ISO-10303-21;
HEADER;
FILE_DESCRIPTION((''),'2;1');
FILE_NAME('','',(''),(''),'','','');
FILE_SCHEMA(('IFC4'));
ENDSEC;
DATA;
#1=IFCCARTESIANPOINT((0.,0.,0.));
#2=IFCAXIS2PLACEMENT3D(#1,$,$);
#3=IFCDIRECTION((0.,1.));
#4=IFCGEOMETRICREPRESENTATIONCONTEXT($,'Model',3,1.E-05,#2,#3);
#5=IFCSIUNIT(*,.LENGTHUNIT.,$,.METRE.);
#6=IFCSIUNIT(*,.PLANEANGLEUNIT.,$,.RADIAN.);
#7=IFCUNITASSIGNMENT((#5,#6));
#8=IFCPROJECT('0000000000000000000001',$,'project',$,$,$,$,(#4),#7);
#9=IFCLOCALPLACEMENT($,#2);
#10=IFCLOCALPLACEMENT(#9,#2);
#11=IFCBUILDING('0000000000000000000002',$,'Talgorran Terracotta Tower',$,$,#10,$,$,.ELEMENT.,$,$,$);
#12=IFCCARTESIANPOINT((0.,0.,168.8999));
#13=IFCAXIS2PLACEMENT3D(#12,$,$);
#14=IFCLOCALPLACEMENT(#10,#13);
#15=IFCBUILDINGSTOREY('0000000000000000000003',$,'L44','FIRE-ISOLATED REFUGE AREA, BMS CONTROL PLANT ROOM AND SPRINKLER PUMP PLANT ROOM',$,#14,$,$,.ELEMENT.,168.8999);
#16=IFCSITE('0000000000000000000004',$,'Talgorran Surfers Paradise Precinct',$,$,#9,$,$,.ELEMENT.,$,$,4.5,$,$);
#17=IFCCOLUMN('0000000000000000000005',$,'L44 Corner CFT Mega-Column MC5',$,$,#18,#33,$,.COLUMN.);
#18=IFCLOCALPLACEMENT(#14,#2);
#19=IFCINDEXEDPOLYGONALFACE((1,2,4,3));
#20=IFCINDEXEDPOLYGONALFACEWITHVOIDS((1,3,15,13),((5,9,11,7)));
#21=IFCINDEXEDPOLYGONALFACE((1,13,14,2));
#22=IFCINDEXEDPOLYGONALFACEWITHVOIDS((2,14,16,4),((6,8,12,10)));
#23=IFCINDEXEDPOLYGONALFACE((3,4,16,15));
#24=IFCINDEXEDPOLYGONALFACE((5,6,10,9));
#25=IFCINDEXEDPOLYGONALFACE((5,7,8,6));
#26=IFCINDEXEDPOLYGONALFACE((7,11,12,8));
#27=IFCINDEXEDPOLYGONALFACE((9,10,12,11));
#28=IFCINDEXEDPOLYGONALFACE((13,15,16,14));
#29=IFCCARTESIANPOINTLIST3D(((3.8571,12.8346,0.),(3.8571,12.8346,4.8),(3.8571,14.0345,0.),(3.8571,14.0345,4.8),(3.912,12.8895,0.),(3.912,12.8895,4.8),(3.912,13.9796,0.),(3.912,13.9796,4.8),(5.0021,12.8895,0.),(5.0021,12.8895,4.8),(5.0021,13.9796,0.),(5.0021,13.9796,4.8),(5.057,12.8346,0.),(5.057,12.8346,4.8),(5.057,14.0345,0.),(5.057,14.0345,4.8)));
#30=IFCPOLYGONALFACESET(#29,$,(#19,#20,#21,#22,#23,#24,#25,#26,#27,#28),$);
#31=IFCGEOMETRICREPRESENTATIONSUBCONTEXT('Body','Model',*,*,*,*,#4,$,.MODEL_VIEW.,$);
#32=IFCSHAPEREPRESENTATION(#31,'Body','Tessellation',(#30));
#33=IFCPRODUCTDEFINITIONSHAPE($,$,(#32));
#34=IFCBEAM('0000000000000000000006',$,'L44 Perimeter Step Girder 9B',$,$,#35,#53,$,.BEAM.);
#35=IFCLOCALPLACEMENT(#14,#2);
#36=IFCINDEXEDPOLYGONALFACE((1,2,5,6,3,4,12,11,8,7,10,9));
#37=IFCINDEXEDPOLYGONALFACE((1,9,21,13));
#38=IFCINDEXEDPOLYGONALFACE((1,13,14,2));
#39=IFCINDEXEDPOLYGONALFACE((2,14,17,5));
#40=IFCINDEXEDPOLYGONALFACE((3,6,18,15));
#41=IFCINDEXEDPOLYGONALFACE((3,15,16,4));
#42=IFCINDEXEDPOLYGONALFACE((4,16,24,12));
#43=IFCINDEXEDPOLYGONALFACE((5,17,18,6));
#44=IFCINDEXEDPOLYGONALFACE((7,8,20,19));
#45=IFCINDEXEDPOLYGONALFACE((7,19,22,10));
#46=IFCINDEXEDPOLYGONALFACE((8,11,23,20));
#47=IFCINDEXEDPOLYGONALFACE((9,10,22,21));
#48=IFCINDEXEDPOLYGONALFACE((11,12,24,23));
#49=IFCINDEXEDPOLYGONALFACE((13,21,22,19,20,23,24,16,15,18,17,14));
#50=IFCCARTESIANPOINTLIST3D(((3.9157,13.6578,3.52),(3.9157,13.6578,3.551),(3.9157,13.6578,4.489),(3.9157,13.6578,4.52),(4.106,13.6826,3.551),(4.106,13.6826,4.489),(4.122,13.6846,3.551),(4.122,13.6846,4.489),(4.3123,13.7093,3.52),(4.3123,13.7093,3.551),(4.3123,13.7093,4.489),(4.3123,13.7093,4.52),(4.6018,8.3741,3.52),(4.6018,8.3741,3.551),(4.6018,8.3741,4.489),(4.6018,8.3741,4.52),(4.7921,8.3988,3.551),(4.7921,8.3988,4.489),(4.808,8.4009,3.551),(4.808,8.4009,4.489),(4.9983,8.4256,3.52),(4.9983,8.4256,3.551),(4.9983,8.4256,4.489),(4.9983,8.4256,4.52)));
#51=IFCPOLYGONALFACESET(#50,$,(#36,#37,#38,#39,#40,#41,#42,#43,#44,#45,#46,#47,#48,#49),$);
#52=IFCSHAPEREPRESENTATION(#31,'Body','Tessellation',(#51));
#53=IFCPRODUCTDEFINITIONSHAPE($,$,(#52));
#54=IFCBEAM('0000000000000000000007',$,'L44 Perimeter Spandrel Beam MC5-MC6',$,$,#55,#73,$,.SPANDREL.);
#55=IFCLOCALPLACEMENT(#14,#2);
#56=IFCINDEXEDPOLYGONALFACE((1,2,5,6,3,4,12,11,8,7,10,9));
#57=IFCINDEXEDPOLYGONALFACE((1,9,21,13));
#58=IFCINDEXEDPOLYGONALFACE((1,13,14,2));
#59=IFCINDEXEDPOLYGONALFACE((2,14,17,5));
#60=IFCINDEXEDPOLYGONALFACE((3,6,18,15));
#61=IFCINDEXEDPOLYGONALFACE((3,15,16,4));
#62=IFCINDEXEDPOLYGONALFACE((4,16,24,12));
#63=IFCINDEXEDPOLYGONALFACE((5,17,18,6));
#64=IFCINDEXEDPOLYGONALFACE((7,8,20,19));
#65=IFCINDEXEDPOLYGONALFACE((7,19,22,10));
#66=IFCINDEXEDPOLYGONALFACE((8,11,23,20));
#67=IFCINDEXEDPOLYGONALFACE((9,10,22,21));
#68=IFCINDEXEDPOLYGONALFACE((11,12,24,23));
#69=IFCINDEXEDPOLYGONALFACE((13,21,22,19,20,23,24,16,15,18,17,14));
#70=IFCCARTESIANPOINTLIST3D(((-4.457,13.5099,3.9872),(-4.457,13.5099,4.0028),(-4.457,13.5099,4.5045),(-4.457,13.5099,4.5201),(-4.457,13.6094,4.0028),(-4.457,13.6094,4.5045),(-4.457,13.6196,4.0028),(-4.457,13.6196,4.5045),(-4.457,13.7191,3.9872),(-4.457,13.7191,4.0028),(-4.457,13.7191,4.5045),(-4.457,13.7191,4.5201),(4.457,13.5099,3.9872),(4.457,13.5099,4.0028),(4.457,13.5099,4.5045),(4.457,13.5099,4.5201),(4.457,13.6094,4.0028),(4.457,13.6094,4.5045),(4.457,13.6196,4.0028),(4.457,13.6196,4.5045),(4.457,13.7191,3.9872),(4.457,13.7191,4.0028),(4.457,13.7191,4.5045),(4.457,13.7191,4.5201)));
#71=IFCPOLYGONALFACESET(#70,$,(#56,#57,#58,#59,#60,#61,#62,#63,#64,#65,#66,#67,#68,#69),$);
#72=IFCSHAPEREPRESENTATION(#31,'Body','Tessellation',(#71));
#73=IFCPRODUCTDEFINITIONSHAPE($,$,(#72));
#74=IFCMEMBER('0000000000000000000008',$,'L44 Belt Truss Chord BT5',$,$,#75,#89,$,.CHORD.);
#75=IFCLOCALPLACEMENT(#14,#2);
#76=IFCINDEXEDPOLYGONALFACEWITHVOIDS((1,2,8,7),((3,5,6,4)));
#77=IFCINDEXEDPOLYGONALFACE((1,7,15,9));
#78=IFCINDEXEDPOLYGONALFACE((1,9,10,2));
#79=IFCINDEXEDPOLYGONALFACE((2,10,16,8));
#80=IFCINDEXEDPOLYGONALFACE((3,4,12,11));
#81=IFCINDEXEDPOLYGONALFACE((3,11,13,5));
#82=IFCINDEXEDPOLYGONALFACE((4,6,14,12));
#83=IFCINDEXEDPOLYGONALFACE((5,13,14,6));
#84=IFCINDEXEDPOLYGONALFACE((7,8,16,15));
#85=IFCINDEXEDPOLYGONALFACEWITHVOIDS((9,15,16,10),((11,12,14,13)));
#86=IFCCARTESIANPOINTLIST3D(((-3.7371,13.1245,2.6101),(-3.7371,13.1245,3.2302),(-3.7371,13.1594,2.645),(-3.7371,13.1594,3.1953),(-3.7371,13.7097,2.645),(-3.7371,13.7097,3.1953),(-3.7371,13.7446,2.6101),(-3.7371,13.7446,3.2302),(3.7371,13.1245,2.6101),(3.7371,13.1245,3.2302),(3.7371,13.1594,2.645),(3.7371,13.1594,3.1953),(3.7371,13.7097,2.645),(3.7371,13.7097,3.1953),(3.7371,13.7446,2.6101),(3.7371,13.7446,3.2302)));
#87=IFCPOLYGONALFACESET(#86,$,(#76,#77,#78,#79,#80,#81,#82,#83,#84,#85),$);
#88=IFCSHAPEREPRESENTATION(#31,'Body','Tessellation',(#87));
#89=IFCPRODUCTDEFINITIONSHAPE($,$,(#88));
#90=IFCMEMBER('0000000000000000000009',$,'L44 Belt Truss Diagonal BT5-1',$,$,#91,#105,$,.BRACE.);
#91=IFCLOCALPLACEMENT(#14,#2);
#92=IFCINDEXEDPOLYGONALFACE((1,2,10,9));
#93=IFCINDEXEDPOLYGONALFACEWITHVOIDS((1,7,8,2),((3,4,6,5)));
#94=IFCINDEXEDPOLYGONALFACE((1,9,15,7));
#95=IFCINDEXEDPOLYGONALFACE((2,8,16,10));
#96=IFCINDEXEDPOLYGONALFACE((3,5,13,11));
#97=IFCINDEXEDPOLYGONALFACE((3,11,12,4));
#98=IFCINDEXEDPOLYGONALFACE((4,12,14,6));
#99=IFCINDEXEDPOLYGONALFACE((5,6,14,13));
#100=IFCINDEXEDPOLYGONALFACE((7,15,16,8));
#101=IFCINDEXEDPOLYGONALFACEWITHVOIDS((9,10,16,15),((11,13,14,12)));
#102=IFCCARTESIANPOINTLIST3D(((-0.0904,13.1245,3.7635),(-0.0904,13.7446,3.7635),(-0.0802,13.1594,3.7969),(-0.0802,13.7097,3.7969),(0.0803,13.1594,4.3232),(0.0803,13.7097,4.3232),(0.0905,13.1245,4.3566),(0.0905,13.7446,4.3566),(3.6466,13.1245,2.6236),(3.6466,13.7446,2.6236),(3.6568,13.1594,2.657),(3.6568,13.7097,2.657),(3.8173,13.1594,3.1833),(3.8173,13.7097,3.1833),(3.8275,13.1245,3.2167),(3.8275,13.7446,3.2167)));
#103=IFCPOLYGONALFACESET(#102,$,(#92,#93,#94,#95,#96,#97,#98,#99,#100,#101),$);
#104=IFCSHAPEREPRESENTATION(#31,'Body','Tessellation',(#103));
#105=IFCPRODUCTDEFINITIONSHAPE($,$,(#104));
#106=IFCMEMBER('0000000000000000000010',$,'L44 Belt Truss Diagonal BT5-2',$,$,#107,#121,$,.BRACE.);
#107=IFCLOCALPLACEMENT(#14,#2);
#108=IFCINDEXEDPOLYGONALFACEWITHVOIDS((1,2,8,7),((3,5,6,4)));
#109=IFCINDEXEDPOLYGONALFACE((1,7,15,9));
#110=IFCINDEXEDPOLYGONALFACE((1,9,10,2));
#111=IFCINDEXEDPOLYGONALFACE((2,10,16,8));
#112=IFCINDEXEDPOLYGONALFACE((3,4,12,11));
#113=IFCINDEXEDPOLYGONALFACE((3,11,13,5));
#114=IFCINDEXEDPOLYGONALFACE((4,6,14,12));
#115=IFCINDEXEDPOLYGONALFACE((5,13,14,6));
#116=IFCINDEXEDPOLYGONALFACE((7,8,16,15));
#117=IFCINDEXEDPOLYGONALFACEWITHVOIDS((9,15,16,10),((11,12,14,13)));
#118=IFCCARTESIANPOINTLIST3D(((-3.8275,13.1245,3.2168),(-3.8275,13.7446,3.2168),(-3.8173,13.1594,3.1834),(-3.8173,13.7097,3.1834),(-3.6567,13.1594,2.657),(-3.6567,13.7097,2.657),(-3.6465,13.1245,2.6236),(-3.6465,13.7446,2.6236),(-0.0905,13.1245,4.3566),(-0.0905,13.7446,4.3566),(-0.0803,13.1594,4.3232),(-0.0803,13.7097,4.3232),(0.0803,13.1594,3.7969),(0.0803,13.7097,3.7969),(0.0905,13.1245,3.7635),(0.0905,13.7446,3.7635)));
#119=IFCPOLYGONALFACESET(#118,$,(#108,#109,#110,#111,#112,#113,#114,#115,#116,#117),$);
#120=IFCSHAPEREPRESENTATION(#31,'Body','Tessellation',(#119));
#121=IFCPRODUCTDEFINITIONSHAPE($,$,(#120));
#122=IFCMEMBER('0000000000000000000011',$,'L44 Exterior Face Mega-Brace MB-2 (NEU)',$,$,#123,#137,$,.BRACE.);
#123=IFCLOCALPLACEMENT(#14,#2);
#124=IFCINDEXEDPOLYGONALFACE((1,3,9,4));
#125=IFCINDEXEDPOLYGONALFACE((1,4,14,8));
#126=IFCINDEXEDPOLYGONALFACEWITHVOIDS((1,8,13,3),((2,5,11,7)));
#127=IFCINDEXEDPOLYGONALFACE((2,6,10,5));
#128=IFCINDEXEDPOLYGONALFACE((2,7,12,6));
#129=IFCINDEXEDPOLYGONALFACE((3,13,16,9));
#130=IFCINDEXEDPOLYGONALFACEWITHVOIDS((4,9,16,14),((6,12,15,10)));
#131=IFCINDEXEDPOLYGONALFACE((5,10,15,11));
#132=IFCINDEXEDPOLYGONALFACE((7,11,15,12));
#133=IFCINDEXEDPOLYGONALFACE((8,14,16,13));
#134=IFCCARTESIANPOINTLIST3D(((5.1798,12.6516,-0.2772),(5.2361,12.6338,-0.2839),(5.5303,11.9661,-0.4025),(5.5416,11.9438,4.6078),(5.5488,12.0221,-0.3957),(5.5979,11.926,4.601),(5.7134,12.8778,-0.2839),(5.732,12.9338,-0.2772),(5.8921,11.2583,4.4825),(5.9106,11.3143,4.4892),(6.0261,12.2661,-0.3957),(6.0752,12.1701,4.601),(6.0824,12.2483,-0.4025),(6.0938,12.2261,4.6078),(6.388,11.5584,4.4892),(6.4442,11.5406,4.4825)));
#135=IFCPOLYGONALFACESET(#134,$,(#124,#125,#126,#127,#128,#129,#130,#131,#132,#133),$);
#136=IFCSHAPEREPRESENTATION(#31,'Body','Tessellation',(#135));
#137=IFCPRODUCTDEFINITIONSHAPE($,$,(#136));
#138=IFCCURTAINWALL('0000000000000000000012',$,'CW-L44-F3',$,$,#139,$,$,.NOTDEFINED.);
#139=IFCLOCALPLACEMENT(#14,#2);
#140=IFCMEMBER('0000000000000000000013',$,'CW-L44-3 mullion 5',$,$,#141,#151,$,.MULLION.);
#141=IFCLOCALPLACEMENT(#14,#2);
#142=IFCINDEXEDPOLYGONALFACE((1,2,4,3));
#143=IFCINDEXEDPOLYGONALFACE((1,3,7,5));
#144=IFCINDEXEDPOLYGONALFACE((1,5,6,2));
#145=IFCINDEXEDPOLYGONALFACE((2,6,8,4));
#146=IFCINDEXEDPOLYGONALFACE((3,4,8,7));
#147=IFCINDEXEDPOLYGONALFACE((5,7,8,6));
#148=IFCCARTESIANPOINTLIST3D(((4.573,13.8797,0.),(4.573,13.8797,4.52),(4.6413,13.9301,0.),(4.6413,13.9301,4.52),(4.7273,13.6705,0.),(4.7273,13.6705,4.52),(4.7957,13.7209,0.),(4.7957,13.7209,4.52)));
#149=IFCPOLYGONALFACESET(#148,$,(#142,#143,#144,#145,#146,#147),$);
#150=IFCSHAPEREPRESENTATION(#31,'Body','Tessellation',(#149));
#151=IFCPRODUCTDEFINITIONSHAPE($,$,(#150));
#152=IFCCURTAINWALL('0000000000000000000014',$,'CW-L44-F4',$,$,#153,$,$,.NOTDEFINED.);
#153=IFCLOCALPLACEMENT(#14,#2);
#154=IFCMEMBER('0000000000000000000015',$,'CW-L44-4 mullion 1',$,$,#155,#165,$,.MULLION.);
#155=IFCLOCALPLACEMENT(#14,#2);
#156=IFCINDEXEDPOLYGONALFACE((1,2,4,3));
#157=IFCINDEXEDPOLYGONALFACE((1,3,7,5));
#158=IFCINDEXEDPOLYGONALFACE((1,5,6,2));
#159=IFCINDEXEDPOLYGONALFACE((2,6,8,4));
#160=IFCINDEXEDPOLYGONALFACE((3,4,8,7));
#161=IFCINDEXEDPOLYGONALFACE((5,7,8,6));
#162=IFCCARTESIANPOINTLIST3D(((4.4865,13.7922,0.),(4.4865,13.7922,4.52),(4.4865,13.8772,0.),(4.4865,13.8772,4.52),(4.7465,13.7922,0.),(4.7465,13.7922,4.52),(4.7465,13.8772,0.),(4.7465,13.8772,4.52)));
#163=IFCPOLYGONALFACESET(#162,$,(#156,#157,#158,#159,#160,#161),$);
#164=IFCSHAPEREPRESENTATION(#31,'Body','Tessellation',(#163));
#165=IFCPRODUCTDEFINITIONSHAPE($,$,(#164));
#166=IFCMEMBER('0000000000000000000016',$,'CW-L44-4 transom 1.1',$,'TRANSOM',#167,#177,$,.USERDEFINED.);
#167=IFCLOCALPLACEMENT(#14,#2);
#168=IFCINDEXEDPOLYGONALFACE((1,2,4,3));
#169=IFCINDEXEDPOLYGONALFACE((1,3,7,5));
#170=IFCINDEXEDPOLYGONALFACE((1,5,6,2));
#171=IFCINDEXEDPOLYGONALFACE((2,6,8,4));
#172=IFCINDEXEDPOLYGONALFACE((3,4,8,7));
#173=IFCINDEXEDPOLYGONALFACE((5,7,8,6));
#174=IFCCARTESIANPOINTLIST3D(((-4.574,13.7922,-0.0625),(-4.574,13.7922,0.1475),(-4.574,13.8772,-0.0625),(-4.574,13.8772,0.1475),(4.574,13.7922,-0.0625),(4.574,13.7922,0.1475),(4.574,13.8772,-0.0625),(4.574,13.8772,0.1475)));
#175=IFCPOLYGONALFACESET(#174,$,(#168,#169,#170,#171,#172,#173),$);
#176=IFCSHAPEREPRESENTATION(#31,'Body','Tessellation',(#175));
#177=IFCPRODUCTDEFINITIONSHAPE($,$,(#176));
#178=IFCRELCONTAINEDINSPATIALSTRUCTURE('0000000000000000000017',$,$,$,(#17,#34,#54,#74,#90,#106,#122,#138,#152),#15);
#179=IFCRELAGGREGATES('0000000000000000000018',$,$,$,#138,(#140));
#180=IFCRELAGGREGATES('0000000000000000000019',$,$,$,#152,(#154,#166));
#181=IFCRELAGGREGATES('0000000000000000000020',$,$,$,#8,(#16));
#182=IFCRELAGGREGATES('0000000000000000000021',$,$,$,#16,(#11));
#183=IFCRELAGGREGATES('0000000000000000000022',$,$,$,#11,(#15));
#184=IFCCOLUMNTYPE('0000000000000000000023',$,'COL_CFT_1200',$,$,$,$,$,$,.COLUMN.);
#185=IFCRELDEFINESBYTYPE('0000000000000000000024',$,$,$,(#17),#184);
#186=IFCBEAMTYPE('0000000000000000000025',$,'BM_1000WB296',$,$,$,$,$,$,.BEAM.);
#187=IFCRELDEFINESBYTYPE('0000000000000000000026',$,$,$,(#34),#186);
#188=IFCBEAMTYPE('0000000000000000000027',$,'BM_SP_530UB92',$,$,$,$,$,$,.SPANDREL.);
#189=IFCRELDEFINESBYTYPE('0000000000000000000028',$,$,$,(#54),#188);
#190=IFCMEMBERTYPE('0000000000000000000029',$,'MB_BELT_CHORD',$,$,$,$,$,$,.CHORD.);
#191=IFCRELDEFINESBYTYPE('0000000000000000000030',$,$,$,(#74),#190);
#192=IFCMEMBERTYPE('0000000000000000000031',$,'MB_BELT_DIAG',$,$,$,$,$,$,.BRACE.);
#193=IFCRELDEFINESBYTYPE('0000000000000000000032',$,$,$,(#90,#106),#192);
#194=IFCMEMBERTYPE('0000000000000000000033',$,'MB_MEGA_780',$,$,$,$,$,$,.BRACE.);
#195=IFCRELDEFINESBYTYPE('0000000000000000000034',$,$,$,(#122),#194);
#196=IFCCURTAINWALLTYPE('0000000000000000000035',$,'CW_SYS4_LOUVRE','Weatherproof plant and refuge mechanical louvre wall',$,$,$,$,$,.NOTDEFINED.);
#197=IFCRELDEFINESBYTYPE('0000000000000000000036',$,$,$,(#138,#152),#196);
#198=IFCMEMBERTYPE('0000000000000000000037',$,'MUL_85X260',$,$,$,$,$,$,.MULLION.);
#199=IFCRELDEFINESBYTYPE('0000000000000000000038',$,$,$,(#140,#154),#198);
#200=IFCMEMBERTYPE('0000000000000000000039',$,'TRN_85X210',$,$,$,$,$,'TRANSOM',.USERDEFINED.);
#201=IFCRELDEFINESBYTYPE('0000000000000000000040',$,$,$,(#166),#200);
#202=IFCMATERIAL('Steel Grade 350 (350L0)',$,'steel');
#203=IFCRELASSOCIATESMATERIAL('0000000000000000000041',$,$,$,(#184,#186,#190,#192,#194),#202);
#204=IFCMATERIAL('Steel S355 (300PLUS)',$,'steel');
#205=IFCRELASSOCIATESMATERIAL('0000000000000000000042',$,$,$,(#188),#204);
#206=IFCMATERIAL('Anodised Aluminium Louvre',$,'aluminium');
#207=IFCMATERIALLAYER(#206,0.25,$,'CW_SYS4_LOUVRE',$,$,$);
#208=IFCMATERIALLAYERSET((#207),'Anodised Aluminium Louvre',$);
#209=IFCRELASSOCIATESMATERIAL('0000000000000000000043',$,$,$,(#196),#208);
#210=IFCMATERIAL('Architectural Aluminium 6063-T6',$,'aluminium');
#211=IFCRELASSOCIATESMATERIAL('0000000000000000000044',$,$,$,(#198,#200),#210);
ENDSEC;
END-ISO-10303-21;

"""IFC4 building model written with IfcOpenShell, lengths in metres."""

from ifc_helpers import new_model, si_unit, direction, frame, origin, origin_2d, place, context, subcontext, project, spatial, rectangle, hollow_rectangle, i_section, extrude, material, layer, layer_set, material_profile, profile_set, type_object, element, aggregate, save


model = new_model("IFC4")

# Units and contexts
model_context = context("Model", 3, precision=1e-05, world=origin(), true_north=direction((0.0, 1.0)))
body_context = subcontext(model_context, "Body", "Model", "MODEL_VIEW")
ifc_project = project(units=[si_unit("LENGTHUNIT", "METRE"), si_unit("PLANEANGLEUNIT", "RADIAN")], contexts=[model_context])

# Site, building, storey
site_placement = place(None, origin())
site = spatial("IfcSite", under=ifc_project, at=site_placement, Name="Talgorran Surfers Paradise Precinct", CompositionType="ELEMENT", RefElevation=4.5)
building_placement = place(site_placement, origin())
building = spatial("IfcBuilding", under=site, at=building_placement, Name="Talgorran Terracotta Tower", CompositionType="ELEMENT")
storey_placement = place(building_placement, frame((0.0, 0.0, 168.8999)))
storey = spatial("IfcBuildingStorey", under=building, at=storey_placement, Name="L44", Description="FIRE-ISOLATED REFUGE AREA, BMS CONTROL PLANT ROOM AND SPRINKLER PUMP PLANT ROOM", CompositionType="ELEMENT", Elevation=168.8999)

# Column
ifc_material_1 = material(Name="Steel Grade 350 (350L0)", Category="steel")
ifc_material_profile_1 = material_profile(ifc_material_1, hollow_rectangle(XDim=1.2, YDim=1.2, WallThickness=0.0549, at=origin_2d()), Name="CFT1200X1200X55")
ifc_profile_set_1 = profile_set([ifc_material_profile_1], Name="Steel Grade 350 (350L0)")
column_type = type_object("IfcColumnType", Name="COL_CFT_1200", PredefinedType="COLUMN", material=ifc_profile_set_1)
column_placement = place(storey_placement, frame((4.457, 13.4346, 0.0), z_axis=(0.0, 0.0, 1.0), x_axis=(1.0, 0.0, 0.0)))
element("IfcColumn", 1, at=column_placement, inside=storey, type_object=column_type, Name="L44 Corner CFT Mega-Column MC5", PredefinedType="COLUMN", context=body_context, shape_type="SweptSolid", body=[
    extrude(hollow_rectangle(XDim=1.2, YDim=1.2, WallThickness=0.0549, at=origin_2d()), origin(), (0.0, 0.0, 1.0), 4.8),
])

# Beams
ifc_material_profile_2 = material_profile(ifc_material_1, i_section(OverallWidth=0.3999, OverallDepth=1.0, WebThickness=0.0161, FlangeThickness=0.031, at=origin_2d()), Name="1000WB296")
ifc_profile_set_2 = profile_set([ifc_material_profile_2], Name="Steel Grade 350 (350L0)")
beam_type_1 = type_object("IfcBeamType", Name="BM_1000WB296", PredefinedType="BEAM", material=ifc_profile_set_2)
beam_1_placement = place(storey_placement, frame((4.114, 13.6836, 4.02), z_axis=(0.128759, -0.991676, 0.0), x_axis=(0.991676, 0.128759, 0.0)))
element("IfcBeam", 2, at=beam_1_placement, inside=storey, type_object=beam_type_1, Name="L44 Perimeter Step Girder 9B", PredefinedType="BEAM", context=body_context, shape_type="SweptSolid", body=[
    extrude(i_section(OverallWidth=0.3999, OverallDepth=1.0, WebThickness=0.0161, FlangeThickness=0.031, at=origin_2d()), origin(), (0.0, 0.0, 1.0), 5.3281),
])
ifc_material_2 = material(Name="Steel S355 (300PLUS)", Category="steel")
ifc_material_profile_3 = material_profile(ifc_material_2, i_section(OverallWidth=0.2092, OverallDepth=0.533, WebThickness=0.0103, FlangeThickness=0.0156, at=origin_2d()), Name="530UB92.4")
ifc_profile_set_3 = profile_set([ifc_material_profile_3], Name="Steel S355 (300PLUS)")
beam_type_2 = type_object("IfcBeamType", Name="BM_SP_530UB92", PredefinedType="SPANDREL", material=ifc_profile_set_3)
beam_2_placement = place(storey_placement, frame((4.457, 13.6145, 4.2537), z_axis=(-1.0, 0.0, 0.0), x_axis=(0.0, -1.0, 0.0)))
element("IfcBeam", 3, at=beam_2_placement, inside=storey, type_object=beam_type_2, Name="L44 Perimeter Spandrel Beam MC5-MC6", PredefinedType="SPANDREL", context=body_context, shape_type="SweptSolid", body=[
    extrude(i_section(OverallWidth=0.2092, OverallDepth=0.533, WebThickness=0.0103, FlangeThickness=0.0156, at=origin_2d()), origin(), (0.0, 0.0, 1.0), 8.9141),
])

# Members
ifc_material_profile_4 = material_profile(ifc_material_1, hollow_rectangle(XDim=0.6201, YDim=0.6201, WallThickness=0.0349, at=origin_2d()), Name="WBOX620X620X35")
ifc_profile_set_4 = profile_set([ifc_material_profile_4], Name="Steel Grade 350 (350L0)")
member_type_1 = type_object("IfcMemberType", Name="MB_BELT_CHORD", PredefinedType="CHORD", material=ifc_profile_set_4)
member_1_placement = place(storey_placement, frame((3.7371, 13.4346, 2.9202), z_axis=(-1.0, 0.0, 0.0), x_axis=(0.0, -1.0, 0.0)))
element("IfcMember", 4, at=member_1_placement, inside=storey, type_object=member_type_1, Name="L44 Belt Truss Chord BT5", PredefinedType="CHORD", context=body_context, shape_type="SweptSolid", body=[
    extrude(hollow_rectangle(XDim=0.6201, YDim=0.6201, WallThickness=0.0349, at=origin_2d()), origin(), (0.0, 0.0, 1.0), 7.4741),
])
ifc_material_profile_5 = material_profile(ifc_material_1, hollow_rectangle(XDim=0.6201, YDim=0.6201, WallThickness=0.0349, at=origin_2d()), Name="WBOX620X620X35")
ifc_profile_set_5 = profile_set([ifc_material_profile_5], Name="Steel Grade 350 (350L0)")
member_type_2 = type_object("IfcMemberType", Name="MB_BELT_DIAG", PredefinedType="BRACE", material=ifc_profile_set_5)
for number, where, z_axis, x_axis, name in (
    (5, (3.7371, 13.4346, 2.9202), (-0.956494, 0.0, 0.291753), (0.0, -1.0, 0.0), "L44 Belt Truss Diagonal BT5-1"),
    (6, (0.0, 13.4346, 4.0601), (-0.956494, 0.0, -0.291753), (0.0, -1.0, 0.0), "L44 Belt Truss Diagonal BT5-2"),
):
    element("IfcMember", number, at=place(storey_placement, frame(where, z_axis=z_axis, x_axis=x_axis)), inside=storey, type_object=member_type_2, Name=name, PredefinedType="BRACE", context=body_context, shape_type="SweptSolid", body=[
        extrude(hollow_rectangle(XDim=0.6201, YDim=0.6201, WallThickness=0.0349, at=origin_2d()), origin(), (0.0, 0.0, 1.0), 3.907),
    ])
ifc_material_profile_6 = material_profile(ifc_material_1, hollow_rectangle(XDim=0.6201, YDim=0.78, WallThickness=0.042, at=origin_2d()), Name="WBOX780X620X42")
ifc_profile_set_6 = profile_set([ifc_material_profile_6], Name="Steel Grade 350 (350L0)")
member_type_3 = type_object("IfcMemberType", Name="MB_MEGA_780", PredefinedType="BRACE", material=ifc_profile_set_6)
member_2_placement = place(storey_placement, frame((5.6311, 12.45, -0.3398), z_axis=(0.073105, -0.143004, 0.987018), x_axis=(0.890399, 0.455181, 0.0)))
element("IfcMember", 7, at=member_2_placement, inside=storey, type_object=member_type_3, Name="L44 Exterior Face Mega-Brace MB-2 (NEU)", PredefinedType="BRACE", context=body_context, shape_type="SweptSolid", body=[
    extrude(hollow_rectangle(XDim=0.6201, YDim=0.78, WallThickness=0.042, at=origin_2d()), origin(), (0.0, 0.0, 1.0), 4.9492),
])

# Curtain wall, member
ifc_material_3 = material(Name="Anodised Aluminium Louvre", Category="aluminium")
ifc_layer_1 = layer(ifc_material_3, 0.25, Name="CW_SYS4_LOUVRE")
ifc_layer_set_1 = layer_set([ifc_layer_1], Name="Anodised Aluminium Louvre")
curtain_wall_type = type_object("IfcCurtainWallType", Name="CW_SYS4_LOUVRE", Description="Weatherproof plant and refuge mechanical louvre wall", PredefinedType="NOTDEFINED", material=ifc_layer_set_1)
curtain_wall_1_placement = place(storey_placement, origin())
curtain_wall_1 = element("IfcCurtainWall", 8, at=curtain_wall_1_placement, inside=storey, type_object=curtain_wall_type, Name="CW-L44-F3", PredefinedType="NOTDEFINED")
ifc_material_4 = material(Name="Architectural Aluminium 6063-T6", Category="aluminium")
ifc_material_profile_7 = material_profile(ifc_material_4, rectangle(XDim=0.085, YDim=0.26, at=origin_2d()), Name="CWM85X260")
ifc_profile_set_7 = profile_set([ifc_material_profile_7], Name="Architectural Aluminium 6063-T6")
member_type_4 = type_object("IfcMemberType", Name="MUL_85X260", PredefinedType="MULLION", material=ifc_profile_set_7)
member_3_placement = place(storey_placement, frame((4.6843, 13.8003, 0.0), z_axis=(0.0, 0.0, 1.0), x_axis=(-0.804622, -0.593787, 0.0)))
member_3 = element("IfcMember", 9, at=member_3_placement, type_object=member_type_4, Name="CW-L44-3 mullion 5", PredefinedType="MULLION", context=body_context, shape_type="SweptSolid", body=[
    extrude(rectangle(XDim=0.085, YDim=0.26, at=origin_2d()), origin(), (0.0, 0.0, 1.0), 4.52),
])
aggregate(curtain_wall_1, [member_3])

# Curtain wall, members
curtain_wall_2_placement = place(storey_placement, origin())
curtain_wall_2 = element("IfcCurtainWall", 10, at=curtain_wall_2_placement, inside=storey, type_object=curtain_wall_type, Name="CW-L44-F4", PredefinedType="NOTDEFINED")
member_4_placement = place(storey_placement, frame((4.6165, 13.8347, 0.0), z_axis=(0.0, 0.0, 1.0), x_axis=(0.0, -1.0, 0.0)))
member_4 = element("IfcMember", 11, at=member_4_placement, type_object=member_type_4, Name="CW-L44-4 mullion 1", PredefinedType="MULLION", context=body_context, shape_type="SweptSolid", body=[
    extrude(rectangle(XDim=0.085, YDim=0.26, at=origin_2d()), origin(), (0.0, 0.0, 1.0), 4.52),
])
ifc_material_profile_8 = material_profile(ifc_material_4, rectangle(XDim=0.085, YDim=0.21, at=origin_2d()), Name="CWT85X210")
ifc_profile_set_8 = profile_set([ifc_material_profile_8], Name="Architectural Aluminium 6063-T6")
member_type_5 = type_object("IfcMemberType", Name="TRN_85X210", ElementType="TRANSOM", PredefinedType="USERDEFINED", material=ifc_profile_set_8)
member_5_placement = place(storey_placement, frame((4.574, 13.8347, 0.0425), z_axis=(-1.0, 0.0, 0.0), x_axis=(0.0, -1.0, 0.0)))
member_5 = element("IfcMember", 12, at=member_5_placement, type_object=member_type_5, Name="CW-L44-4 transom 1.1", ObjectType="TRANSOM", PredefinedType="USERDEFINED", context=body_context, shape_type="SweptSolid", body=[
    extrude(rectangle(XDim=0.085, YDim=0.21, at=origin_2d()), origin(), (0.0, 0.0, 1.0), 9.1479),
])

aggregate(curtain_wall_2, [member_4, member_5])

save(model, "model.ifc")
